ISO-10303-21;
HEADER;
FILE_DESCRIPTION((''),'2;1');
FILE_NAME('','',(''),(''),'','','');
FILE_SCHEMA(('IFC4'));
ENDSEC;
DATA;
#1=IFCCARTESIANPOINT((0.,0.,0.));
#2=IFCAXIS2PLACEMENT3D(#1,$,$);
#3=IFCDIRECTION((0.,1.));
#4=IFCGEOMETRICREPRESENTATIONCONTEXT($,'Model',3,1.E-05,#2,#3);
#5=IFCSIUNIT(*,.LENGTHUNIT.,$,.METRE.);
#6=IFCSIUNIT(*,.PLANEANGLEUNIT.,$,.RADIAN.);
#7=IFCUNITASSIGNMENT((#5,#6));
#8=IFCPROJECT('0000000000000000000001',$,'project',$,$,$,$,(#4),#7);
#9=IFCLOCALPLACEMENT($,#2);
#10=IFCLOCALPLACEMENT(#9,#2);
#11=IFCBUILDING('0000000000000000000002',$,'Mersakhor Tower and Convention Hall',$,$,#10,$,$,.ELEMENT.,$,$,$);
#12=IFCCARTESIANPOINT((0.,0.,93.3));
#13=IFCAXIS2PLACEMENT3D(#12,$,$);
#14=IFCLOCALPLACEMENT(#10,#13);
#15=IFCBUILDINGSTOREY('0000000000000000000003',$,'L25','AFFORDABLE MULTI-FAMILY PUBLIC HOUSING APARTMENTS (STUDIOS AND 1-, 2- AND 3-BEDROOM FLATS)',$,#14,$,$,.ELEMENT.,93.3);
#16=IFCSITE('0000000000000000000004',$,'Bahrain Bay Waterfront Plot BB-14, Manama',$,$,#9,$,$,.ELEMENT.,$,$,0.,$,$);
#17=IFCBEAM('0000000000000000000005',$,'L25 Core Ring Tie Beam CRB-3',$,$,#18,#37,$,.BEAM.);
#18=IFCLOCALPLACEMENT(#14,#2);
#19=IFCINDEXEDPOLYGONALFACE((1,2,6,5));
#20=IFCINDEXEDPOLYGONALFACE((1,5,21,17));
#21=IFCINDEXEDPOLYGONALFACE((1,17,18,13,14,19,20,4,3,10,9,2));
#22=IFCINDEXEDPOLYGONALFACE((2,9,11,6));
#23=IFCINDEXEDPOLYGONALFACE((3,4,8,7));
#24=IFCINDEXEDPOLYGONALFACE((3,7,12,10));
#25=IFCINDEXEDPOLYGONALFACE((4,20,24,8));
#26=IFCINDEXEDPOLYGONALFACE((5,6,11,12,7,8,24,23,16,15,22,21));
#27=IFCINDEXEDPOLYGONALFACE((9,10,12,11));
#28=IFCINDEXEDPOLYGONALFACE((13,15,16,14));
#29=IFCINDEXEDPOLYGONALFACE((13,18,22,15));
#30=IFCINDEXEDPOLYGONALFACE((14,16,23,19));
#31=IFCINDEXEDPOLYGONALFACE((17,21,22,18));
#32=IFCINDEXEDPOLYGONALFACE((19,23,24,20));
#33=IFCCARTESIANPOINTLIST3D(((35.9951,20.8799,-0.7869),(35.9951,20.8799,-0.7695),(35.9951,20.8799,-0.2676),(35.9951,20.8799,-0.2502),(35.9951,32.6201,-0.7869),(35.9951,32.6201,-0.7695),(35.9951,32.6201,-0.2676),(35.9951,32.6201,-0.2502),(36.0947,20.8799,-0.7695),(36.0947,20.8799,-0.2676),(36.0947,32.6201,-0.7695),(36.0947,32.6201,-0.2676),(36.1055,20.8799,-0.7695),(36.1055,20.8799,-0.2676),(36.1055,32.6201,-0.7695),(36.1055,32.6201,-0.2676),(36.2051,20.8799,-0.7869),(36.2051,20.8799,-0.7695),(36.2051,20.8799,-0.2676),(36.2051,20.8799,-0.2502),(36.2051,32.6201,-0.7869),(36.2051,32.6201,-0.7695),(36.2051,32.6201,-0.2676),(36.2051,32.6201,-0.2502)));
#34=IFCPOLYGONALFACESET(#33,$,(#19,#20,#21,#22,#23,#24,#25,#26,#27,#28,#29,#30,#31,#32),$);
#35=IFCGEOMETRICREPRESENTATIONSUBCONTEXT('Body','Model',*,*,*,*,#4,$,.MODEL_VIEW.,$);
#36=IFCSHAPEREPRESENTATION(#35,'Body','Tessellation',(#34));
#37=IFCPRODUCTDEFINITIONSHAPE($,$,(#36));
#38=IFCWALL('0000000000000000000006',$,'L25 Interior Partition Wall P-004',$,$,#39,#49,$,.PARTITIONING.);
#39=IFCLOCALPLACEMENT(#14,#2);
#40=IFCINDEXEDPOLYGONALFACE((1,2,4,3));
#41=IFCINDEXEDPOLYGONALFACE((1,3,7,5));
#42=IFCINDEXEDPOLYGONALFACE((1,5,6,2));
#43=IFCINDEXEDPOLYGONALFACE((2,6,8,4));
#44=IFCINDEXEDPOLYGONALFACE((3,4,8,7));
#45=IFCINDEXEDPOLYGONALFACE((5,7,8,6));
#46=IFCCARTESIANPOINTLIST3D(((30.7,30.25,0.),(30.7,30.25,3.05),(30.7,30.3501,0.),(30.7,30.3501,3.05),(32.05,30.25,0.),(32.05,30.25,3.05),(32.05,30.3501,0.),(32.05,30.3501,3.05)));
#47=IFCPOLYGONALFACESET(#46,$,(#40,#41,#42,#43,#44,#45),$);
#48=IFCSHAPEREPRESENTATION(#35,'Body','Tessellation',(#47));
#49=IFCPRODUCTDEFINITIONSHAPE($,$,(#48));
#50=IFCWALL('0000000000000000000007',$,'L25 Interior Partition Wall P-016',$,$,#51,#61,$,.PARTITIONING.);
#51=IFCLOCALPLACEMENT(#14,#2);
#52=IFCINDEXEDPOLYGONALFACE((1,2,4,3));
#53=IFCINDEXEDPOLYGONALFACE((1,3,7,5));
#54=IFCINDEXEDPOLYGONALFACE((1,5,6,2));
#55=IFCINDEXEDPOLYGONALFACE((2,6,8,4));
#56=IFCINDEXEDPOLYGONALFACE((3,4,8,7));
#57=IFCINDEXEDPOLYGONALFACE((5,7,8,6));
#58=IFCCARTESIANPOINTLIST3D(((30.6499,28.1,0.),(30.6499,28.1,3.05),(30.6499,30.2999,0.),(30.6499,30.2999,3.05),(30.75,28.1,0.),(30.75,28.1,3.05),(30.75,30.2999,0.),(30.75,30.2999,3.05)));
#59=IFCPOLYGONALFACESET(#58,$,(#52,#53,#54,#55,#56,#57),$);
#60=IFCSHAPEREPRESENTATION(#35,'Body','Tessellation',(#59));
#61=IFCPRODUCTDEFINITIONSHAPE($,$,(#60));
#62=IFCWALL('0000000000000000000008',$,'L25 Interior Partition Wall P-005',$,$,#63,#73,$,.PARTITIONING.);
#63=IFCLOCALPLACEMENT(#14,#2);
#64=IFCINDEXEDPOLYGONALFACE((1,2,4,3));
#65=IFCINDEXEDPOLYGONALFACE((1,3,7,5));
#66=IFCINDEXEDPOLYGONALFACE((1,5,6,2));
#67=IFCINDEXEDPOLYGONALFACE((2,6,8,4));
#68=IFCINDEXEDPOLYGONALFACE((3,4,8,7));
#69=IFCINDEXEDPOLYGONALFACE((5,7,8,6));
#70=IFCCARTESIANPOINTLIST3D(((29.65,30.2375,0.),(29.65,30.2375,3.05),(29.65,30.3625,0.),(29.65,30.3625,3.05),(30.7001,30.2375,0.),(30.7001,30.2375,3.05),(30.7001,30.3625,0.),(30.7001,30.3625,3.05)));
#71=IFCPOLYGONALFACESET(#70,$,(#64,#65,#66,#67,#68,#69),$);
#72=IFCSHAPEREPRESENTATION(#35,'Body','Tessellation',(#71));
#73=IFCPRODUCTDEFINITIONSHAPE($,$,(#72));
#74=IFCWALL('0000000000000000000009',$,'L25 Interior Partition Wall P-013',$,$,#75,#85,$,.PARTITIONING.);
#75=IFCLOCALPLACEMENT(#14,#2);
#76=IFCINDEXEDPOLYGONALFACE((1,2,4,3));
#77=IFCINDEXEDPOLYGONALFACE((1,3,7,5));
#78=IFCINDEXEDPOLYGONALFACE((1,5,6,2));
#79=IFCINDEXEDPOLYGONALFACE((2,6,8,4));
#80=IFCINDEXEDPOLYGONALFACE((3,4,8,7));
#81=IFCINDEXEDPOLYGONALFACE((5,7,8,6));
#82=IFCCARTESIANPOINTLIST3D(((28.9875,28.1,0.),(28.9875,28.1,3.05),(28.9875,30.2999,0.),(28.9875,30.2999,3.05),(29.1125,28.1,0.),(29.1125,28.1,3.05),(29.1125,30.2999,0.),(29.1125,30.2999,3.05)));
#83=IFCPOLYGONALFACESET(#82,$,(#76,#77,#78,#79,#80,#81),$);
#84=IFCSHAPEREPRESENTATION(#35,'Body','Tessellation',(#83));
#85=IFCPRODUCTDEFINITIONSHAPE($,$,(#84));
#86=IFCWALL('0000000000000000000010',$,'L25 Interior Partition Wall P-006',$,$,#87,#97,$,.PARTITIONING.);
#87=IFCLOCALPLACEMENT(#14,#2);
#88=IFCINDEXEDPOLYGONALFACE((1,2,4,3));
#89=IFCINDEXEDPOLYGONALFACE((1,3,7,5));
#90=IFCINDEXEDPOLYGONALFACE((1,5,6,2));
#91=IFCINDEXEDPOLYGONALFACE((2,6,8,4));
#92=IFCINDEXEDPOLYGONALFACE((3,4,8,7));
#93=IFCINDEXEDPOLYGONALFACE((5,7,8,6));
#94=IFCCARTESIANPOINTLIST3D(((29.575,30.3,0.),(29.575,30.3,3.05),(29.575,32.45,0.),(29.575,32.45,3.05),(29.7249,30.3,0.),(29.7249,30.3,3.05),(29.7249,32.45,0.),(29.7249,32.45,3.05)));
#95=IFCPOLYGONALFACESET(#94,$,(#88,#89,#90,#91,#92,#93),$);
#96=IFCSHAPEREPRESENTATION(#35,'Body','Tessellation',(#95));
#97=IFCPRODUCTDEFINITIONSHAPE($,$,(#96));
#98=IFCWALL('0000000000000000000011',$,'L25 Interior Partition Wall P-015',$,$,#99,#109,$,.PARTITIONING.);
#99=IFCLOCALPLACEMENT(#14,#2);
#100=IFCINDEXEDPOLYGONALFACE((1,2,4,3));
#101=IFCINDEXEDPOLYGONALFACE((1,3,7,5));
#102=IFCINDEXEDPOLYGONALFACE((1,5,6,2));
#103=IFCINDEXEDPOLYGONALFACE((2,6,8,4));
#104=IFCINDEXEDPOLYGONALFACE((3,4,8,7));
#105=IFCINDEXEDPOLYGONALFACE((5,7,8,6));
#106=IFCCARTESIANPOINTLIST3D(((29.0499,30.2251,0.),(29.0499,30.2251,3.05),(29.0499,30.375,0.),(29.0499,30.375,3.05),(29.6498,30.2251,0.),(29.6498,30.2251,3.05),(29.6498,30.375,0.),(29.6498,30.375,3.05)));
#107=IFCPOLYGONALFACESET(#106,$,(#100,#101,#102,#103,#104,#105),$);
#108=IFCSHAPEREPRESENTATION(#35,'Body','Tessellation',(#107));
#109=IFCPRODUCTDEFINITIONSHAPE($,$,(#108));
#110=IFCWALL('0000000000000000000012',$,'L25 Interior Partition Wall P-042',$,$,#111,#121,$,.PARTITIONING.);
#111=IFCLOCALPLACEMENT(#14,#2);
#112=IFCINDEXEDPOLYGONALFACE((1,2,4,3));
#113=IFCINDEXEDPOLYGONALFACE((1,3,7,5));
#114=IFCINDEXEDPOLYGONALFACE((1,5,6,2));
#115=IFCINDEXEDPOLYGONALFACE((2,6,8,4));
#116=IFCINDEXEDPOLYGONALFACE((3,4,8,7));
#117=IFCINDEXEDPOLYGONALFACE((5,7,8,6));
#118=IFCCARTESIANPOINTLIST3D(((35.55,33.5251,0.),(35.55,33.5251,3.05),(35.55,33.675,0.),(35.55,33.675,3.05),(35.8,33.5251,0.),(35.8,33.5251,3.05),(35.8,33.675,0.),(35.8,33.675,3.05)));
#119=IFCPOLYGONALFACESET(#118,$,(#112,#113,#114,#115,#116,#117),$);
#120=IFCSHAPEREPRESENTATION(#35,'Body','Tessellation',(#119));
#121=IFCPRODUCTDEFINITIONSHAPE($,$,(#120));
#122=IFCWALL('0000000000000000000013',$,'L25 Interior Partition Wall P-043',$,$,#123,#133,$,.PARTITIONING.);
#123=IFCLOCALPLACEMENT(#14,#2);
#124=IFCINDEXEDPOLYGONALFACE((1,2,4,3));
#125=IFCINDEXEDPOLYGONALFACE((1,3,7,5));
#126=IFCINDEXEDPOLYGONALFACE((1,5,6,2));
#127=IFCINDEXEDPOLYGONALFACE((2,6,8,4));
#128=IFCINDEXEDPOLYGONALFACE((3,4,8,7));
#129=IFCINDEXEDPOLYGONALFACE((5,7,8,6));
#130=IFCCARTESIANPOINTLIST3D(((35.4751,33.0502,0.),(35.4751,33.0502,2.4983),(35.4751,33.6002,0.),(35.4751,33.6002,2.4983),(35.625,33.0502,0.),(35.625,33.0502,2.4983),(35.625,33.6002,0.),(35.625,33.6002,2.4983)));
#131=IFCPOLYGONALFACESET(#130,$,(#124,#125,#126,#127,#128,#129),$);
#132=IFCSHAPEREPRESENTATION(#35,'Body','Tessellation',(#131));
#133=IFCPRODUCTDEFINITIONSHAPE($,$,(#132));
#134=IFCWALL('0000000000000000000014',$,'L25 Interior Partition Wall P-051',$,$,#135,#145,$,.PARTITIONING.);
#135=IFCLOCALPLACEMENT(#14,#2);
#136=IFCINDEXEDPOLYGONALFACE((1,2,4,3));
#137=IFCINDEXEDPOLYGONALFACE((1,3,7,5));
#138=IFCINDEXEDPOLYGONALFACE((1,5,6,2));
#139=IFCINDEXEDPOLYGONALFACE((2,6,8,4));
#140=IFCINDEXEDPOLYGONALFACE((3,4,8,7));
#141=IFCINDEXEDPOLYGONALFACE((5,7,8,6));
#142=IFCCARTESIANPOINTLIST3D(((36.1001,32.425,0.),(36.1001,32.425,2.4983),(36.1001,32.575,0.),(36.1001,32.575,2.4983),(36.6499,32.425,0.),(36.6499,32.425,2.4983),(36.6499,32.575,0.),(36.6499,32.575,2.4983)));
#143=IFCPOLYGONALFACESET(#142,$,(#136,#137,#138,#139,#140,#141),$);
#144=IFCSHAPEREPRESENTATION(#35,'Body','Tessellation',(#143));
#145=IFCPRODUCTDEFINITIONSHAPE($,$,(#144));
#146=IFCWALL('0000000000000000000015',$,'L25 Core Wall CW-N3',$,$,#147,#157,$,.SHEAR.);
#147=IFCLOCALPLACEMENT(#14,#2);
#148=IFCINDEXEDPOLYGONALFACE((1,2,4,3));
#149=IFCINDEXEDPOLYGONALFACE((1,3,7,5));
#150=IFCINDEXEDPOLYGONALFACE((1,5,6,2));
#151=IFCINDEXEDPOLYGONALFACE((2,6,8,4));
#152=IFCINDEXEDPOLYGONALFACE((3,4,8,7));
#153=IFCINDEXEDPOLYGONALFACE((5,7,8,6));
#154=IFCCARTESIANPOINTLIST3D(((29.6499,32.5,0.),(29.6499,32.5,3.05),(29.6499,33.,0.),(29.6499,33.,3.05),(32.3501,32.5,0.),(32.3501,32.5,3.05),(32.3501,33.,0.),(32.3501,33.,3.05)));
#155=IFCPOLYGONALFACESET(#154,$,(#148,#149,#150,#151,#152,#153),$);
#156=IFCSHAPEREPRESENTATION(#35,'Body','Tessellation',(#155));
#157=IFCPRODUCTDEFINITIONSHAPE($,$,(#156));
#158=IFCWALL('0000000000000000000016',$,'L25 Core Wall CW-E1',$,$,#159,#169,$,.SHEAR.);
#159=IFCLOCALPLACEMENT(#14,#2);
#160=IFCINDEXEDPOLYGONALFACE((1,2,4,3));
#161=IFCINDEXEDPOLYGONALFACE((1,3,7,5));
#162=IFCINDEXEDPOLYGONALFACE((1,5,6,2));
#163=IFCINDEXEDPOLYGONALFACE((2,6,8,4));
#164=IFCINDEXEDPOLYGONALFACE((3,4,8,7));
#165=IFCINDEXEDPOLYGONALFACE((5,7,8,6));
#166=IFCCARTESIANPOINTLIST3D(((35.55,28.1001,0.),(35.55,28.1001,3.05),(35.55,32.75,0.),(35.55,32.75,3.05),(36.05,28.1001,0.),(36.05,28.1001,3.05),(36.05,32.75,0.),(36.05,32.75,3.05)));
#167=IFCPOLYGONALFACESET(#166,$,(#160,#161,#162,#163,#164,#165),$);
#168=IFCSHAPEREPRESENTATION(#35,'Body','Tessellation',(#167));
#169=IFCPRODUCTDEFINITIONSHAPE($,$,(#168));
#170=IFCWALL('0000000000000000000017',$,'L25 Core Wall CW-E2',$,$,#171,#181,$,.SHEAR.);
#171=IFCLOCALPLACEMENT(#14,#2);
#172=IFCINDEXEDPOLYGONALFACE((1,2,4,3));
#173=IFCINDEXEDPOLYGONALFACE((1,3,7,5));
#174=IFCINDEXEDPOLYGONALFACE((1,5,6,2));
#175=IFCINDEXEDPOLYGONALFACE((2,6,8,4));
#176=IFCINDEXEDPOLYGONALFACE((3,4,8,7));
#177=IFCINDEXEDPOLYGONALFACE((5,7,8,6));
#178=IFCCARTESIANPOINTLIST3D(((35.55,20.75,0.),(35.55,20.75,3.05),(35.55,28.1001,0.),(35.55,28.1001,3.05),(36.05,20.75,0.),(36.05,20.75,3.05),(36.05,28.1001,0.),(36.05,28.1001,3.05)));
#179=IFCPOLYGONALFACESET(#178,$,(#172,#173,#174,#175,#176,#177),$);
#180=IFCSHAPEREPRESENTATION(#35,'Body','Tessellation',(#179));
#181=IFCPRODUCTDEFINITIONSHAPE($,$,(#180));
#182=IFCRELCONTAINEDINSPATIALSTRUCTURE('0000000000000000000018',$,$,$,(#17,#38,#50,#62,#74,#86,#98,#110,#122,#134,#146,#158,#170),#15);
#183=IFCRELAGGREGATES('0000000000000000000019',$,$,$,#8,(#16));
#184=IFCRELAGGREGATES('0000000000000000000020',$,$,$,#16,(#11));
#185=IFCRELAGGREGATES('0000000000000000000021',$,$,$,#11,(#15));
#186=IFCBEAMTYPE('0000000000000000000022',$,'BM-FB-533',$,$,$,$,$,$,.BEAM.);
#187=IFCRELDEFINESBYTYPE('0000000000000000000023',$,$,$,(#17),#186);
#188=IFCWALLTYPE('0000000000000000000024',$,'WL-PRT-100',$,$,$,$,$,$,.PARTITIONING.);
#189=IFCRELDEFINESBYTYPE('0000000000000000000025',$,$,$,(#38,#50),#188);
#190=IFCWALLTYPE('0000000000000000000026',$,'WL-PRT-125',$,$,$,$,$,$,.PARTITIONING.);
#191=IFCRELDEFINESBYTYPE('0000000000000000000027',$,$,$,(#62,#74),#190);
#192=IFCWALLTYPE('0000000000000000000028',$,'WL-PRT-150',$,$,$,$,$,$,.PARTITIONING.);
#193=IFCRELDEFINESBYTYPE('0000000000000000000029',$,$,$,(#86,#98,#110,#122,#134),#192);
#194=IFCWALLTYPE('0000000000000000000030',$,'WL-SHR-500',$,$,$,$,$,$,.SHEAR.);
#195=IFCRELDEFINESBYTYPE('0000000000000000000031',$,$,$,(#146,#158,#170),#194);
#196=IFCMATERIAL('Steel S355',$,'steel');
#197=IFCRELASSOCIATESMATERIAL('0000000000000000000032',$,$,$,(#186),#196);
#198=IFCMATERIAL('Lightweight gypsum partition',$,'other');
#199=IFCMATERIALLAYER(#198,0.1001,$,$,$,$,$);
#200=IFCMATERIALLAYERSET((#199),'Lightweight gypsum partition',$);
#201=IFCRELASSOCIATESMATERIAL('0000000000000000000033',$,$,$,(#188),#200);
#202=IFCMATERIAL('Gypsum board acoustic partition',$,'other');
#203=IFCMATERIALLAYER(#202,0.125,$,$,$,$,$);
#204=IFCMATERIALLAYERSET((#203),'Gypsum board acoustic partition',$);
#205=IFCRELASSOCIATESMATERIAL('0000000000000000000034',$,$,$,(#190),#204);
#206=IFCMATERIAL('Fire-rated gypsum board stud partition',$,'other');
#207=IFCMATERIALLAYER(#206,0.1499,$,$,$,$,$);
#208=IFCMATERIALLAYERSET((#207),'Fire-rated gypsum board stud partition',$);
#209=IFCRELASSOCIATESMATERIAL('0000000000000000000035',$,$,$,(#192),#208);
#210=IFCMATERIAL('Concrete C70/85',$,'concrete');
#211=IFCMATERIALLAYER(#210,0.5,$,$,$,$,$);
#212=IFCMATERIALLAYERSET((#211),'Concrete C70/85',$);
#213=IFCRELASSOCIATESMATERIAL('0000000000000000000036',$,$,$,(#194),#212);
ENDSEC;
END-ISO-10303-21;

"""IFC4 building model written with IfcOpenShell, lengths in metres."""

from ifc_helpers import new_model, si_unit, direction, frame, frame_2d, origin, origin_2d, place, context, subcontext, project, spatial, rectangle, i_section, extrude, material, layer, layer_set, material_profile, profile_set, type_object, element, save


model = new_model("IFC4")

# Units and contexts
model_context = context("Model", 3, precision=1e-05, world=origin(), true_north=direction((0.0, 1.0)))
body_context = subcontext(model_context, "Body", "Model", "MODEL_VIEW")
ifc_project = project(units=[si_unit("LENGTHUNIT", "METRE"), si_unit("PLANEANGLEUNIT", "RADIAN")], contexts=[model_context])

# Site, building, storey
site_placement = place(None, origin())
site = spatial("IfcSite", under=ifc_project, at=site_placement, Name="Bahrain Bay Waterfront Plot BB-14, Manama", CompositionType="ELEMENT", RefElevation=0.0)
building_placement = place(site_placement, origin())
building = spatial("IfcBuilding", under=site, at=building_placement, Name="Mersakhor Tower and Convention Hall", CompositionType="ELEMENT")
storey_placement = place(building_placement, frame((0.0, 0.0, 93.3)))
storey = spatial("IfcBuildingStorey", under=building, at=storey_placement, Name="L25", Description="AFFORDABLE MULTI-FAMILY PUBLIC HOUSING APARTMENTS (STUDIOS AND 1-, 2- AND 3-BEDROOM FLATS)", CompositionType="ELEMENT", Elevation=93.3)

# Beam
ifc_material_1 = material(Name="Steel S355", Category="steel")
ifc_material_profile = material_profile(ifc_material_1, i_section(OverallWidth=0.21, OverallDepth=0.5366, WebThickness=0.0107, FlangeThickness=0.0173, at=origin_2d()), Name="UB 533x210x101")
ifc_profile_set = profile_set([ifc_material_profile], Name="Steel S355")
beam_type = type_object("IfcBeamType", Name="BM-FB-533", PredefinedType="BEAM", material=ifc_profile_set)
beam_placement = place(storey_placement, frame((36.1001, 32.6201, -0.5186), z_axis=(0.0, -1.0, 0.0), x_axis=(1.0, 0.0, 0.0)))
element("IfcBeam", 1, at=beam_placement, inside=storey, type_object=beam_type, Name="L25 Core Ring Tie Beam CRB-3", PredefinedType="BEAM", context=body_context, shape_type="SweptSolid", body=[
    extrude(i_section(OverallWidth=0.21, OverallDepth=0.5366, WebThickness=0.0107, FlangeThickness=0.0173, at=origin_2d()), origin(), (0.0, 0.0, 1.0), 11.7402),
])

# Walls
ifc_material_2 = material(Name="Lightweight gypsum partition", Category="other")
ifc_layer_1 = layer(ifc_material_2, 0.1001)
ifc_layer_set_1 = layer_set([ifc_layer_1], Name="Lightweight gypsum partition")
wall_type_1 = type_object("IfcWallType", Name="WL-PRT-100", PredefinedType="PARTITIONING", material=ifc_layer_set_1)
wall_1_placement = place(storey_placement, frame((32.05, 30.3, 0.0), z_axis=(0.0, 0.0, 1.0), x_axis=(-1.0, 0.0, 0.0)))
element("IfcWall", 2, at=wall_1_placement, inside=storey, type_object=wall_type_1, Name="L25 Interior Partition Wall P-004", PredefinedType="PARTITIONING", context=body_context, shape_type="SweptSolid", body=[
    extrude(rectangle(XDim=1.3501, YDim=0.1001, at=frame_2d((0.675, 0.0))), origin(), (0.0, 0.0, 1.0), 3.05),
])
wall_2_placement = place(storey_placement, frame((30.7, 30.3, 0.0), z_axis=(0.0, 0.0, 1.0), x_axis=(0.0, -1.0, 0.0)))
element("IfcWall", 3, at=wall_2_placement, inside=storey, type_object=wall_type_1, Name="L25 Interior Partition Wall P-016", PredefinedType="PARTITIONING", context=body_context, shape_type="SweptSolid", body=[
    extrude(rectangle(XDim=2.2, YDim=0.1001, at=frame_2d((1.1001, 0.0))), origin(), (0.0, 0.0, 1.0), 3.05),
])
ifc_material_3 = material(Name="Gypsum board acoustic partition", Category="other")
ifc_layer_2 = layer(ifc_material_3, 0.125)
ifc_layer_set_2 = layer_set([ifc_layer_2], Name="Gypsum board acoustic partition")
wall_type_2 = type_object("IfcWallType", Name="WL-PRT-125", PredefinedType="PARTITIONING", material=ifc_layer_set_2)
wall_3_placement = place(storey_placement, frame((30.7, 30.3, 0.0), z_axis=(0.0, 0.0, 1.0), x_axis=(-1.0, 0.0, 0.0)))
element("IfcWall", 4, at=wall_3_placement, inside=storey, type_object=wall_type_2, Name="L25 Interior Partition Wall P-005", PredefinedType="PARTITIONING", context=body_context, shape_type="SweptSolid", body=[
    extrude(rectangle(XDim=1.05, YDim=0.125, at=frame_2d((0.5249, 0.0))), origin(), (0.0, 0.0, 1.0), 3.05),
])
wall_4_placement = place(storey_placement, frame((29.05, 30.3, 0.0), z_axis=(0.0, 0.0, 1.0), x_axis=(0.0, -1.0, 0.0)))
element("IfcWall", 5, at=wall_4_placement, inside=storey, type_object=wall_type_2, Name="L25 Interior Partition Wall P-013", PredefinedType="PARTITIONING", context=body_context, shape_type="SweptSolid", body=[
    extrude(rectangle(XDim=2.2, YDim=0.125, at=frame_2d((1.1001, 0.0))), origin(), (0.0, 0.0, 1.0), 3.05),
])
ifc_material_4 = material(Name="Fire-rated gypsum board stud partition", Category="other")
ifc_layer_3 = layer(ifc_material_4, 0.1499)
ifc_layer_set_3 = layer_set([ifc_layer_3], Name="Fire-rated gypsum board stud partition")
wall_type_3 = type_object("IfcWallType", Name="WL-PRT-150", PredefinedType="PARTITIONING", material=ifc_layer_set_3)
wall_5_placement = place(storey_placement, frame((29.6499, 30.3, 0.0), z_axis=(0.0, 0.0, 1.0), x_axis=(0.0, 1.0, 0.0)))
element("IfcWall", 6, at=wall_5_placement, inside=storey, type_object=wall_type_3, Name="L25 Interior Partition Wall P-006", PredefinedType="PARTITIONING", context=body_context, shape_type="SweptSolid", body=[
    extrude(rectangle(XDim=2.1499, YDim=0.1499, at=frame_2d((1.075, 0.0))), origin(), (0.0, 0.0, 1.0), 3.05),
])
wall_6_placement = place(storey_placement, frame((29.05, 30.3, 0.0), z_axis=(0.0, 0.0, 1.0), x_axis=(1.0, 0.0, 0.0)))
element("IfcWall", 7, at=wall_6_placement, inside=storey, type_object=wall_type_3, Name="L25 Interior Partition Wall P-015", PredefinedType="PARTITIONING", context=body_context, shape_type="SweptSolid", body=[
    extrude(rectangle(XDim=0.5999, YDim=0.1499, at=frame_2d((0.2998, 0.0))), origin(), (0.0, 0.0, 1.0), 3.05),
])
wall_7_placement = place(storey_placement, frame((35.8, 33.6001, 0.0), z_axis=(0.0, 0.0, 1.0), x_axis=(-1.0, 0.0, 0.0)))
element("IfcWall", 8, at=wall_7_placement, inside=storey, type_object=wall_type_3, Name="L25 Interior Partition Wall P-042", PredefinedType="PARTITIONING", context=body_context, shape_type="SweptSolid", body=[
    extrude(rectangle(XDim=0.25, YDim=0.1499, at=frame_2d((0.125, 0.0))), origin(), (0.0, 0.0, 1.0), 3.05),
])
wall_8_placement = place(storey_placement, frame((35.55, 33.6001, 0.0), z_axis=(0.0, 0.0, 1.0), x_axis=(0.0, -1.0, 0.0)))
element("IfcWall", 9, at=wall_8_placement, inside=storey, type_object=wall_type_3, Name="L25 Interior Partition Wall P-043", PredefinedType="PARTITIONING", context=body_context, shape_type="SweptSolid", body=[
    extrude(rectangle(XDim=0.55, YDim=0.1499, at=frame_2d((0.2749, 0.0))), origin(), (0.0, 0.0, 1.0), 2.4983),
])
wall_9_placement = place(storey_placement, frame((36.1001, 32.5, 0.0), z_axis=(0.0, 0.0, 1.0), x_axis=(1.0, 0.0, 0.0)))
element("IfcWall", 10, at=wall_9_placement, inside=storey, type_object=wall_type_3, Name="L25 Interior Partition Wall P-051", PredefinedType="PARTITIONING", context=body_context, shape_type="SweptSolid", body=[
    extrude(rectangle(XDim=0.5498, YDim=0.1499, at=frame_2d((0.2749, 0.0))), origin(), (0.0, 0.0, 1.0), 2.4983),
])

# Wall
ifc_material_5 = material(Name="Concrete C70/85", Category="concrete")
ifc_layer_4 = layer(ifc_material_5, 0.5)
ifc_layer_set_4 = layer_set([ifc_layer_4], Name="Concrete C70/85")
wall_type_4 = type_object("IfcWallType", Name="WL-SHR-500", PredefinedType="SHEAR", material=ifc_layer_set_4)
wall_10_placement = place(storey_placement, frame((29.6499, 32.75, 0.0), z_axis=(0.0, 0.0, 1.0), x_axis=(1.0, 0.0, 0.0)))
element("IfcWall", 11, at=wall_10_placement, inside=storey, type_object=wall_type_4, Name="L25 Core Wall CW-N3", PredefinedType="SHEAR", context=body_context, shape_type="SweptSolid", body=[
    extrude(rectangle(XDim=2.7002, YDim=0.5, at=frame_2d((1.3501, 0.0))), origin(), (0.0, 0.0, 1.0), 3.05),
])

# Walls
wall_11_placement = place(storey_placement, frame((35.8, 32.75, 0.0), z_axis=(0.0, 0.0, 1.0), x_axis=(0.0, -1.0, 0.0)))
element("IfcWall", 12, at=wall_11_placement, inside=storey, type_object=wall_type_4, Name="L25 Core Wall CW-E1", PredefinedType="SHEAR", context=body_context, shape_type="SweptSolid", body=[
    extrude(rectangle(XDim=4.6499, YDim=0.5, at=frame_2d((2.325, 0.0))), origin(), (0.0, 0.0, 1.0), 3.05),
])
wall_12_placement = place(storey_placement, frame((35.8, 28.1001, 0.0), z_axis=(0.0, 0.0, 1.0), x_axis=(0.0, -1.0, 0.0)))
element("IfcWall", 13, at=wall_12_placement, inside=storey, type_object=wall_type_4, Name="L25 Core Wall CW-E2", PredefinedType="SHEAR", context=body_context, shape_type="SweptSolid", body=[
    extrude(rectangle(XDim=7.3501, YDim=0.5, at=frame_2d((3.675, 0.0))), origin(), (0.0, 0.0, 1.0), 3.05),
])

save(model, "model.ifc")
